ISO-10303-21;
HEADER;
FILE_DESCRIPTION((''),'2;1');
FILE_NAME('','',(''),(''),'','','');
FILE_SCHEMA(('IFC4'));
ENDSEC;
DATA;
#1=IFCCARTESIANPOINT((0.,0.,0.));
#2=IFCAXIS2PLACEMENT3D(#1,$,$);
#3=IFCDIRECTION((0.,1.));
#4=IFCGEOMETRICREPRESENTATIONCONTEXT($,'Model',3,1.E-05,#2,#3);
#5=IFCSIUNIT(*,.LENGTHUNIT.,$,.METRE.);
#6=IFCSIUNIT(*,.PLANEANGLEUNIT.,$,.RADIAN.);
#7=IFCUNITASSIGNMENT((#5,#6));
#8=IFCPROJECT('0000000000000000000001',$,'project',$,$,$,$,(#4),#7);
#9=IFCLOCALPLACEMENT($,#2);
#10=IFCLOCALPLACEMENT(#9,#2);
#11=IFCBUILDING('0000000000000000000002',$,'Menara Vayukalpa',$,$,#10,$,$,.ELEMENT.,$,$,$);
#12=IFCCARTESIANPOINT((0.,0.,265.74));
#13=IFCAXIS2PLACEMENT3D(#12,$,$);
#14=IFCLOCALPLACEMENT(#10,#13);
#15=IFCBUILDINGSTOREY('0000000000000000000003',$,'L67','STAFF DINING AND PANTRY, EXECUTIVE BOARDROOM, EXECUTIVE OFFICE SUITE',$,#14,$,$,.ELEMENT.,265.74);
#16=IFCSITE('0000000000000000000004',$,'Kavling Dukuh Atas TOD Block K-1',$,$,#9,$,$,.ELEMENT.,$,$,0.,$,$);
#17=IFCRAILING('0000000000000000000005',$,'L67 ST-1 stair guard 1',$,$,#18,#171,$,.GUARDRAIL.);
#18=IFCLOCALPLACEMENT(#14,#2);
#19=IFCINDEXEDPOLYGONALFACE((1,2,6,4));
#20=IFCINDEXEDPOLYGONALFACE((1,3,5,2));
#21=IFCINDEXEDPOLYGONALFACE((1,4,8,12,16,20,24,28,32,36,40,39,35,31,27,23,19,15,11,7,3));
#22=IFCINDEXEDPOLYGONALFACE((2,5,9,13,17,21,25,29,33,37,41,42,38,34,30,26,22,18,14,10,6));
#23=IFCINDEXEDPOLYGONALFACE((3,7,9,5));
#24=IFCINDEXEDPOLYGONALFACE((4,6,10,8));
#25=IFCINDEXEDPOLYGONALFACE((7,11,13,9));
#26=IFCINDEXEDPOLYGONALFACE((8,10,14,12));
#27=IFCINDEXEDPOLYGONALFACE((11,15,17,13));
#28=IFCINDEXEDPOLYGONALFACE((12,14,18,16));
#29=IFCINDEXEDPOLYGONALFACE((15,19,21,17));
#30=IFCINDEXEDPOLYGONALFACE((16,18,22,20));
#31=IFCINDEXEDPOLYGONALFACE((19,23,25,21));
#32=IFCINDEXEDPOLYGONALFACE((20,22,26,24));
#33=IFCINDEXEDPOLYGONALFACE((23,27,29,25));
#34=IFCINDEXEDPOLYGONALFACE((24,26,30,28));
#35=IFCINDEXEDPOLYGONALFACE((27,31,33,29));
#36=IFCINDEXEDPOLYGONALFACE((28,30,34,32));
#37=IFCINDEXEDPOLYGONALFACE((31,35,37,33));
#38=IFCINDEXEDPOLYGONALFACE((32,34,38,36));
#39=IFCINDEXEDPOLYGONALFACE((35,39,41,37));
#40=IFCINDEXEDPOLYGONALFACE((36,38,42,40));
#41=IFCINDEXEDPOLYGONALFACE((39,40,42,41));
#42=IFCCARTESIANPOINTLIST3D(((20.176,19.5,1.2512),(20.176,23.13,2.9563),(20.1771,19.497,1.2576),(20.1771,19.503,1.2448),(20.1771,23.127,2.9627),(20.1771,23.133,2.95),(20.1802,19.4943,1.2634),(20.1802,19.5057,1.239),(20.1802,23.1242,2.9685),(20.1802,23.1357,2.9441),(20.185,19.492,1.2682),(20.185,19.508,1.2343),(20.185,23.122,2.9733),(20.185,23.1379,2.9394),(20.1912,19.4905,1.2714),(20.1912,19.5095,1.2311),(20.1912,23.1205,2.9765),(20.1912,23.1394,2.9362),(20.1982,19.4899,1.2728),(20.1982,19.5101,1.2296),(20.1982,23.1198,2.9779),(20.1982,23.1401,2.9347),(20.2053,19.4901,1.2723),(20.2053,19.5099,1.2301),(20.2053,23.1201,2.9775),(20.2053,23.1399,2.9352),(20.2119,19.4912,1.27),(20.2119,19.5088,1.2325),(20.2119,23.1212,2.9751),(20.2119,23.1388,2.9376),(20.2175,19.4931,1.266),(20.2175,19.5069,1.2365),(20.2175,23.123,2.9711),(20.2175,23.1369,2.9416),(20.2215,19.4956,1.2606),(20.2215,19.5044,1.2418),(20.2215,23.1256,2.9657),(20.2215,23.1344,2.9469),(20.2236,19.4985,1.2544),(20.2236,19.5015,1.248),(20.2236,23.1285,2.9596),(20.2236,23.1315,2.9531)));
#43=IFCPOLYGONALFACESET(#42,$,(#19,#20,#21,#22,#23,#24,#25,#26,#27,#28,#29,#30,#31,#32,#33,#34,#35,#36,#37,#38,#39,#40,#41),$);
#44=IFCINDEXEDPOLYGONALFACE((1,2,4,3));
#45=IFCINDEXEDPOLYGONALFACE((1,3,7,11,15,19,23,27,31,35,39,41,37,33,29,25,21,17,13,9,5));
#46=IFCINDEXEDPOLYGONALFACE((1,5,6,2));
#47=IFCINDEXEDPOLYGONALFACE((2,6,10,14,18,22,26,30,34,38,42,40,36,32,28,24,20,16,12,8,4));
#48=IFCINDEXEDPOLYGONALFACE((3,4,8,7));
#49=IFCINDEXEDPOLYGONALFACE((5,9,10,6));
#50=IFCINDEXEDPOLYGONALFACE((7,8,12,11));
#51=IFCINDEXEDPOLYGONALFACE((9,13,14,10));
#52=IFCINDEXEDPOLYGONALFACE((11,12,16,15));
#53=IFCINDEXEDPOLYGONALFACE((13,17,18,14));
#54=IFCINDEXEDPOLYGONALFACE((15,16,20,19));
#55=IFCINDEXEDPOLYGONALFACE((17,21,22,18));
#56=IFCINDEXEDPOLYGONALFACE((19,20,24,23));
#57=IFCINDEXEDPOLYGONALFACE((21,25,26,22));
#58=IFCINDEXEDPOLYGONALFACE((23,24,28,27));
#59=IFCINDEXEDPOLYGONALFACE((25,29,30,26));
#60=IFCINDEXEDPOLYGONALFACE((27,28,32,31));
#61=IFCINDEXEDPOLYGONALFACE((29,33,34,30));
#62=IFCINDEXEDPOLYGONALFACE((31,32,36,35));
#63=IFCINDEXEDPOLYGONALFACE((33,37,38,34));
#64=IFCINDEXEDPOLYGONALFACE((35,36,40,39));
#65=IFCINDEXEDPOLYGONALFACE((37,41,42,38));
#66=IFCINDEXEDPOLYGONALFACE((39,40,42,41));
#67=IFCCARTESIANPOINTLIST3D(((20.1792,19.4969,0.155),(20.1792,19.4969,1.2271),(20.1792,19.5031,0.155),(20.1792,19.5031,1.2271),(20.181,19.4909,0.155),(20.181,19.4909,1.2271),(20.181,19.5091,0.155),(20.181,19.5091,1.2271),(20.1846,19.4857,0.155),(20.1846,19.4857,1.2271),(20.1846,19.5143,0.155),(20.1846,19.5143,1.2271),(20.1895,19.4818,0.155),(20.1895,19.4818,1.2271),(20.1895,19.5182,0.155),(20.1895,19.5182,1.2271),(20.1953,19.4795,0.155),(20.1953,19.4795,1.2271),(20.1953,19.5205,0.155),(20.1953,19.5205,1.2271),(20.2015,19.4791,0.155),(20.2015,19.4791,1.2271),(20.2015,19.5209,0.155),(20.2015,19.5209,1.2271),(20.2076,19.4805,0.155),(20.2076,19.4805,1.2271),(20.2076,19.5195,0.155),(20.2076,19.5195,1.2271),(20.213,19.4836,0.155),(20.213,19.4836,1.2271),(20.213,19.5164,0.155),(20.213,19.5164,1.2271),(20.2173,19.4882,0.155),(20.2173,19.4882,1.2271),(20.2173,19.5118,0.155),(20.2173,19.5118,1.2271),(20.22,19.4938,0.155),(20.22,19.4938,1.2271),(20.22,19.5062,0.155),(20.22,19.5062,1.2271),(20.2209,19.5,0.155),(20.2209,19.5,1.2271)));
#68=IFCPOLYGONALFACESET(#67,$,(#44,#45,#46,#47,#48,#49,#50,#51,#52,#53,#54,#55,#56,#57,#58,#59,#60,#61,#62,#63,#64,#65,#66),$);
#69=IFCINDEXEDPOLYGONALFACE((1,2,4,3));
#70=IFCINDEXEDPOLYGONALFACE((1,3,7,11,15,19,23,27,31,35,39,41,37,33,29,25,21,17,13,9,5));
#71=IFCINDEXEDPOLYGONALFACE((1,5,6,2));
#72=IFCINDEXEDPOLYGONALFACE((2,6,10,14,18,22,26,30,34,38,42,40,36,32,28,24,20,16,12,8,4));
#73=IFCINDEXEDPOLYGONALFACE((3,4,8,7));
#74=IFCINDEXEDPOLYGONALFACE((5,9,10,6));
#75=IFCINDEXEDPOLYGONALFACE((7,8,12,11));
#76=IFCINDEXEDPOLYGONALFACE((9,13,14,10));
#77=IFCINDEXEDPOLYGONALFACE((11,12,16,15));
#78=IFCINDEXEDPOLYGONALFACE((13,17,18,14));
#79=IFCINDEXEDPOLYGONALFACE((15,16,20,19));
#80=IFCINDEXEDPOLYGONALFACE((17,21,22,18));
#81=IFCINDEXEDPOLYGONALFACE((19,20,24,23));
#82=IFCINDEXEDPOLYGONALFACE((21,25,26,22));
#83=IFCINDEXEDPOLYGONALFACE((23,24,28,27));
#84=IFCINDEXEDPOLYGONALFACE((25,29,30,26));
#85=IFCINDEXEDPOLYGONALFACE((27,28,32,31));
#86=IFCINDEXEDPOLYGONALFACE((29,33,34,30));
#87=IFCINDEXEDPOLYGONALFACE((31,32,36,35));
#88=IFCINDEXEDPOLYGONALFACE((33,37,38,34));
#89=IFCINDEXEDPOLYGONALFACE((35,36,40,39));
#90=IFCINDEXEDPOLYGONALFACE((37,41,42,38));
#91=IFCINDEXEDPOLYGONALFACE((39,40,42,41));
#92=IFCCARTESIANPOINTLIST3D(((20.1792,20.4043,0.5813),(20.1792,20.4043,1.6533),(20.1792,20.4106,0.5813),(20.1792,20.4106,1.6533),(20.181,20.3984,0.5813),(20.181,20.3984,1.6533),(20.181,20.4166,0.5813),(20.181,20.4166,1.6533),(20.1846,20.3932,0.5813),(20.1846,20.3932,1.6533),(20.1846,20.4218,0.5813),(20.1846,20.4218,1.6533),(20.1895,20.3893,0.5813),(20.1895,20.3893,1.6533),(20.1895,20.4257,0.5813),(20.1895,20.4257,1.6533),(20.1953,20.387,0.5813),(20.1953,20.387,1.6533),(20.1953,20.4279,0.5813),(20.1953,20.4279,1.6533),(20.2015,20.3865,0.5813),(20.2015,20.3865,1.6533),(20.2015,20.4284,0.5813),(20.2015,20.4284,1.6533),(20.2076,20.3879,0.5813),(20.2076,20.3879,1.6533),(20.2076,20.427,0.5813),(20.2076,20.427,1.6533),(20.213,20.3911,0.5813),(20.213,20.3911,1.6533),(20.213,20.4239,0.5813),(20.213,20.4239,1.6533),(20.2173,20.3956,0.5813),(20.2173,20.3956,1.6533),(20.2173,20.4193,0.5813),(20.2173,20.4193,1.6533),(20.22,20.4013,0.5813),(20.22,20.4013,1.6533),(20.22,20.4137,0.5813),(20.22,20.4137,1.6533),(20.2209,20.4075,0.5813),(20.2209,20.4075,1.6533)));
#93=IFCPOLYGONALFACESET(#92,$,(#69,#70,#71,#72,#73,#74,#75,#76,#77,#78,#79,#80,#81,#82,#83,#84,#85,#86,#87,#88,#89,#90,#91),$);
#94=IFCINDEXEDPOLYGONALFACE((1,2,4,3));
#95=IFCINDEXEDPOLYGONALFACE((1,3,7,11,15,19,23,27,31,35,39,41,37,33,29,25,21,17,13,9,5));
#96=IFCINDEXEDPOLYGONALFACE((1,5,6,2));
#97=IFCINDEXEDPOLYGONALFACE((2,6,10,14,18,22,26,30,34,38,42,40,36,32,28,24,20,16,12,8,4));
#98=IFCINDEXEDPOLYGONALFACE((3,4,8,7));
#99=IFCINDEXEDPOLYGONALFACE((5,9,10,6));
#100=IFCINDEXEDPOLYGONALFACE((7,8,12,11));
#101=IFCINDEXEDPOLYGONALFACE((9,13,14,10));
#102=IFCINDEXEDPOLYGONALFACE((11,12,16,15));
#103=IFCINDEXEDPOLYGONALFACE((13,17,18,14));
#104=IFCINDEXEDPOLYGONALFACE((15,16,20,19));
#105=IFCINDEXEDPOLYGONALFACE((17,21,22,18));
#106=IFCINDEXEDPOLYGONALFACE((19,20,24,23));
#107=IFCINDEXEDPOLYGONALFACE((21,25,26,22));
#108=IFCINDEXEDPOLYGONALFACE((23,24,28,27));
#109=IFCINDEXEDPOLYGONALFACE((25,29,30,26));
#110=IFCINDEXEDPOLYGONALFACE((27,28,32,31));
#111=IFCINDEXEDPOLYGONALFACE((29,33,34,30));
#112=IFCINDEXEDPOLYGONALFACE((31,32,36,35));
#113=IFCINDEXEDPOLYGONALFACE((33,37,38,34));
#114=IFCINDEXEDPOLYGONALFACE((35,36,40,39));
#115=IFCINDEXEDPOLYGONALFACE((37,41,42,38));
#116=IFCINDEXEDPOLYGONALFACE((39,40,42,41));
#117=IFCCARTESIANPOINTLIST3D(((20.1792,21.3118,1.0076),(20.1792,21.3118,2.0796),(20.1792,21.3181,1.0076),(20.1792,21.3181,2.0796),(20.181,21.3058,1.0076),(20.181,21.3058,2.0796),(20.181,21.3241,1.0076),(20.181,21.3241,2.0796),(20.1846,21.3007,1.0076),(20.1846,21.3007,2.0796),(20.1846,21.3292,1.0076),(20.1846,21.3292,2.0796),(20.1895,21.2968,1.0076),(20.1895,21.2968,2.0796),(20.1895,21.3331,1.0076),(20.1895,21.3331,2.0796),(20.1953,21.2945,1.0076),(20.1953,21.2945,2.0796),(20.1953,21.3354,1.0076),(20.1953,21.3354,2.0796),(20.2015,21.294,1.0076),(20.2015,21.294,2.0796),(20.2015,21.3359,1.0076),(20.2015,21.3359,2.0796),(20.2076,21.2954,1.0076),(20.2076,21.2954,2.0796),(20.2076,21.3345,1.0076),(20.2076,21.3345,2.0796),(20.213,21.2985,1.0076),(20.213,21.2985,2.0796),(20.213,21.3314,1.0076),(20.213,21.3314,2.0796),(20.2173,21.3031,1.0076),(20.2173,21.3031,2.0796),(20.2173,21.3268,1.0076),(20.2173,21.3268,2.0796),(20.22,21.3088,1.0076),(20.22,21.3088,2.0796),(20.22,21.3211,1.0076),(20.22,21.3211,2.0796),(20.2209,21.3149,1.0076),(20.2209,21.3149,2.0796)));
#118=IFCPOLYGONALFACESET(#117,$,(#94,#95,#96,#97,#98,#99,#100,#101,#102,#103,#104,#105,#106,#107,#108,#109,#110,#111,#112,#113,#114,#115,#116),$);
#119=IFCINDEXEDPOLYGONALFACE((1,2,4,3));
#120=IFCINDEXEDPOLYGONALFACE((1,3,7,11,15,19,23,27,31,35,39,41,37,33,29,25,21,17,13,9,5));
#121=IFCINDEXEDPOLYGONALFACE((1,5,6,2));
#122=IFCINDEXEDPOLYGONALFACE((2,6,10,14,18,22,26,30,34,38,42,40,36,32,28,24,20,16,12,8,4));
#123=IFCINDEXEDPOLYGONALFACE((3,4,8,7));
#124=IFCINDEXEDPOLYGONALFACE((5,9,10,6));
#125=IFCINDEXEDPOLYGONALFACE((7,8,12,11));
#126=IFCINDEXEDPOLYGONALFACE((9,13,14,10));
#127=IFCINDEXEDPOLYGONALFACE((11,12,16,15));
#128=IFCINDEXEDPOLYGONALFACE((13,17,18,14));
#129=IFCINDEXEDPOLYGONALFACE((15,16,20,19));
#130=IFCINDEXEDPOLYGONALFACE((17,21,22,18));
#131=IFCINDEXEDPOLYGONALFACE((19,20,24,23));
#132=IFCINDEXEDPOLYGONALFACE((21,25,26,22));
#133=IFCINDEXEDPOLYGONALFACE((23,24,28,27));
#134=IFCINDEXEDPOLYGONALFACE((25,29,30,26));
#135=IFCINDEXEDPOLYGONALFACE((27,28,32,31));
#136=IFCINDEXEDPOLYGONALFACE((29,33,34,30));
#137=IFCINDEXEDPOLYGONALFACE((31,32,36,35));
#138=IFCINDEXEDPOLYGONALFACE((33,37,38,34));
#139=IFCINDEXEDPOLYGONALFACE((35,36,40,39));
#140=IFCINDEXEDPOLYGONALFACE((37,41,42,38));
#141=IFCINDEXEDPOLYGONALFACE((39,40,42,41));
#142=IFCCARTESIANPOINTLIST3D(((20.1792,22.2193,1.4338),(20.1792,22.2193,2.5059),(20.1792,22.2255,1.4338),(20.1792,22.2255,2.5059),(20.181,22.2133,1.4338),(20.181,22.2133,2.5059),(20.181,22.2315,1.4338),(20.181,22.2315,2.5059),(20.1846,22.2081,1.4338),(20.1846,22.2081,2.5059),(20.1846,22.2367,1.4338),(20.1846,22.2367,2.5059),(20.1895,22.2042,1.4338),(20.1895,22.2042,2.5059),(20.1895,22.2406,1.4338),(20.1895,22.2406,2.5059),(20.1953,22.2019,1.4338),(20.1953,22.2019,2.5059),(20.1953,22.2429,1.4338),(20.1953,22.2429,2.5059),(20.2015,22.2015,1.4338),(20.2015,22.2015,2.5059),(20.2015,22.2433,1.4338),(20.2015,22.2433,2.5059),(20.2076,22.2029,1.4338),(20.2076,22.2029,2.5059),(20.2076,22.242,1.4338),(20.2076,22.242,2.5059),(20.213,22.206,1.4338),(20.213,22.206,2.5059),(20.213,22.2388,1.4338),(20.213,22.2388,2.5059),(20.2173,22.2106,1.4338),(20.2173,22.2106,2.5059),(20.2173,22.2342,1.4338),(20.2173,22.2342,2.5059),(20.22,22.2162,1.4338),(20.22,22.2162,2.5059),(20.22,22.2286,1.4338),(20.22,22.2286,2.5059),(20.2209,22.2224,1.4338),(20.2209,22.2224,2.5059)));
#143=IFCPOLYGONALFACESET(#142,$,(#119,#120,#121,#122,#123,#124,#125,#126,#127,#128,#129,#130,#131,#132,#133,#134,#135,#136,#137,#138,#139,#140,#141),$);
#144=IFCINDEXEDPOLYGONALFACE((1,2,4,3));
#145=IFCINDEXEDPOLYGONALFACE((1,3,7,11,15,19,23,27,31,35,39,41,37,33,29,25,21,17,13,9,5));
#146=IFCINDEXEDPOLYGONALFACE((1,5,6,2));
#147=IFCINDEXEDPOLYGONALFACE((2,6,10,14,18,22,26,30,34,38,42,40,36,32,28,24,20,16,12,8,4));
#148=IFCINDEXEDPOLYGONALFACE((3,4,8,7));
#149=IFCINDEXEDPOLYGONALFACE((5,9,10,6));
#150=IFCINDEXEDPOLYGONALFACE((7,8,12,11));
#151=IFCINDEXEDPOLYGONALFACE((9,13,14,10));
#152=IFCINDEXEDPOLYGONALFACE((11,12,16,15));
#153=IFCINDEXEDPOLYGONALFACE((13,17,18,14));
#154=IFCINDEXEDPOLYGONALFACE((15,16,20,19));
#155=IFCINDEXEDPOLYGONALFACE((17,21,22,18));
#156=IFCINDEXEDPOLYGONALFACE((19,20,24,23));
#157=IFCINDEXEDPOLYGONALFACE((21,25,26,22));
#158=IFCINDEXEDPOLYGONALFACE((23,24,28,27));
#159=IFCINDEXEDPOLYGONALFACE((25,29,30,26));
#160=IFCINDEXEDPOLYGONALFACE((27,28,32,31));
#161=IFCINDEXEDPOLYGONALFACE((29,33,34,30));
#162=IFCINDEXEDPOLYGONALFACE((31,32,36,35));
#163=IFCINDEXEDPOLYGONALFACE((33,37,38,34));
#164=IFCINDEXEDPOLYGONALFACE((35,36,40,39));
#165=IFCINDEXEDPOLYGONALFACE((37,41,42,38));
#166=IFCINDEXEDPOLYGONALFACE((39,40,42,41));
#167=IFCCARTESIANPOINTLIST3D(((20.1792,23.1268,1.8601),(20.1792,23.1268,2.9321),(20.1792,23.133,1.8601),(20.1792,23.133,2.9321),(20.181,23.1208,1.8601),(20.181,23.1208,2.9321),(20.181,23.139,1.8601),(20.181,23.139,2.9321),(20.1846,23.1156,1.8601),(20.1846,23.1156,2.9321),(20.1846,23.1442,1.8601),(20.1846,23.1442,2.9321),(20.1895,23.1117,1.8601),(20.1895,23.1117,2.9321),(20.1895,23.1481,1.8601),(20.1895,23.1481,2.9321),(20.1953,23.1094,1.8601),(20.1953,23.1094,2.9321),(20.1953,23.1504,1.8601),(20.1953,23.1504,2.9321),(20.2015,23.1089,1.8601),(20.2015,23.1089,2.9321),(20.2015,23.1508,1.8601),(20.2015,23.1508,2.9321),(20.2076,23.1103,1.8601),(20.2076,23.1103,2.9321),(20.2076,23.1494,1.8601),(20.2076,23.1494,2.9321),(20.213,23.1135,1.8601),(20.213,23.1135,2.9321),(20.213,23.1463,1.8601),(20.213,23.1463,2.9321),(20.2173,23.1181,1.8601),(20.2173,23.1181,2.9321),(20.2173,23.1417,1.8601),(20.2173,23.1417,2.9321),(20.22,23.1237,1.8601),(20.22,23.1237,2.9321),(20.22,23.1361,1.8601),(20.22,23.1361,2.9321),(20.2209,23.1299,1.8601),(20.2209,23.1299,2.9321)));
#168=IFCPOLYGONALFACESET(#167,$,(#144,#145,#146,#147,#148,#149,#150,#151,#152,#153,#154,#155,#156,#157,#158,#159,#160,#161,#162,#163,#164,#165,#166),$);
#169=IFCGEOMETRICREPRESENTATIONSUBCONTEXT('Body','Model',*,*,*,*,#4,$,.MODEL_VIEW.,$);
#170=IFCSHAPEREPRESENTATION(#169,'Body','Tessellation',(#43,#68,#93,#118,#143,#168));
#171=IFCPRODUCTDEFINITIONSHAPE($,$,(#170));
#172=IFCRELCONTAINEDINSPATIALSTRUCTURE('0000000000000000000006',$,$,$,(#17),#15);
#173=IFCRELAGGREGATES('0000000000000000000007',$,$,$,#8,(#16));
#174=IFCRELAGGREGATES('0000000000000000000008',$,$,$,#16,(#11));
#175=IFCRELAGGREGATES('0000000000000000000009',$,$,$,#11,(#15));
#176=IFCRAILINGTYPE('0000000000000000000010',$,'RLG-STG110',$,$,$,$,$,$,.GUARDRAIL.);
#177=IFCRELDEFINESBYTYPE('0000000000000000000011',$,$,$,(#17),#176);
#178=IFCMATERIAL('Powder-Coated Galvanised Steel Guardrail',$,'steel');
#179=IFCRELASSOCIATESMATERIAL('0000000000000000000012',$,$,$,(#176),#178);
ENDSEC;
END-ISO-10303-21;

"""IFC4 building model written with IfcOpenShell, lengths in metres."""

from ifc_helpers import new_model, si_unit, direction, frame, origin, origin_2d, place, context, subcontext, project, spatial, circle, extrude, material, type_object, element, save


model = new_model("IFC4")

# Units and contexts
model_context = context("Model", 3, precision=1e-05, world=origin(), true_north=direction((0.0, 1.0)))
body_context = subcontext(model_context, "Body", "Model", "MODEL_VIEW")
ifc_project = project(units=[si_unit("LENGTHUNIT", "METRE"), si_unit("PLANEANGLEUNIT", "RADIAN")], contexts=[model_context])

# Site, building, storey
site_placement = place(None, origin())
site = spatial("IfcSite", under=ifc_project, at=site_placement, Name="Kavling Dukuh Atas TOD Block K-1", CompositionType="ELEMENT", RefElevation=0.0)
building_placement = place(site_placement, origin())
building = spatial("IfcBuilding", under=site, at=building_placement, Name="Menara Vayukalpa", CompositionType="ELEMENT")
storey_placement = place(building_placement, frame((0.0, 0.0, 265.74)))
storey = spatial("IfcBuildingStorey", under=building, at=storey_placement, Name="L67", Description="STAFF DINING AND PANTRY, EXECUTIVE BOARDROOM, EXECUTIVE OFFICE SUITE", CompositionType="ELEMENT", Elevation=265.74)

# Railing
ifc_material_1 = material(Name="Powder-Coated Galvanised Steel Guardrail", Category="steel")
railing_type_1 = type_object("IfcRailingType", Name="RLG-STG110", PredefinedType="GUARDRAIL", material=ifc_material_1)
railing_1_placement = place(storey_placement, frame((20.2, 19.5, 0.155)))
element("IfcRailing", 1, at=railing_1_placement, inside=storey, type_object=railing_type_1, Name="L67 ST-1 stair guard 1", PredefinedType="GUARDRAIL", context=body_context, shape_type="SweptSolid", body=[
    extrude(circle(Radius=0.0239, at=origin_2d()), frame((0.0, 0.0, 1.0962), z_axis=(0.0, 0.905116, 0.425164), x_axis=(-1.0, 0.0, 0.0)), (0.0, 0.0, 1.0), 4.0105),
    extrude(circle(Radius=0.021, at=origin_2d()), origin(), (0.0, 0.0, 1.0), 1.072),
    extrude(circle(Radius=0.021, at=origin_2d()), frame((0.0, 0.9075, 0.4263)), (0.0, 0.0, 1.0), 1.072),
    extrude(circle(Radius=0.021, at=origin_2d()), frame((0.0, 1.8149, 0.8525)), (0.0, 0.0, 1.0), 1.072),
    extrude(circle(Radius=0.021, at=origin_2d()), frame((0.0, 2.7224, 1.2788)), (0.0, 0.0, 1.0), 1.072),
    extrude(circle(Radius=0.021, at=origin_2d()), frame((0.0, 3.6299, 1.7051)), (0.0, 0.0, 1.0), 1.072),
])

save(model, "model.ifc")
